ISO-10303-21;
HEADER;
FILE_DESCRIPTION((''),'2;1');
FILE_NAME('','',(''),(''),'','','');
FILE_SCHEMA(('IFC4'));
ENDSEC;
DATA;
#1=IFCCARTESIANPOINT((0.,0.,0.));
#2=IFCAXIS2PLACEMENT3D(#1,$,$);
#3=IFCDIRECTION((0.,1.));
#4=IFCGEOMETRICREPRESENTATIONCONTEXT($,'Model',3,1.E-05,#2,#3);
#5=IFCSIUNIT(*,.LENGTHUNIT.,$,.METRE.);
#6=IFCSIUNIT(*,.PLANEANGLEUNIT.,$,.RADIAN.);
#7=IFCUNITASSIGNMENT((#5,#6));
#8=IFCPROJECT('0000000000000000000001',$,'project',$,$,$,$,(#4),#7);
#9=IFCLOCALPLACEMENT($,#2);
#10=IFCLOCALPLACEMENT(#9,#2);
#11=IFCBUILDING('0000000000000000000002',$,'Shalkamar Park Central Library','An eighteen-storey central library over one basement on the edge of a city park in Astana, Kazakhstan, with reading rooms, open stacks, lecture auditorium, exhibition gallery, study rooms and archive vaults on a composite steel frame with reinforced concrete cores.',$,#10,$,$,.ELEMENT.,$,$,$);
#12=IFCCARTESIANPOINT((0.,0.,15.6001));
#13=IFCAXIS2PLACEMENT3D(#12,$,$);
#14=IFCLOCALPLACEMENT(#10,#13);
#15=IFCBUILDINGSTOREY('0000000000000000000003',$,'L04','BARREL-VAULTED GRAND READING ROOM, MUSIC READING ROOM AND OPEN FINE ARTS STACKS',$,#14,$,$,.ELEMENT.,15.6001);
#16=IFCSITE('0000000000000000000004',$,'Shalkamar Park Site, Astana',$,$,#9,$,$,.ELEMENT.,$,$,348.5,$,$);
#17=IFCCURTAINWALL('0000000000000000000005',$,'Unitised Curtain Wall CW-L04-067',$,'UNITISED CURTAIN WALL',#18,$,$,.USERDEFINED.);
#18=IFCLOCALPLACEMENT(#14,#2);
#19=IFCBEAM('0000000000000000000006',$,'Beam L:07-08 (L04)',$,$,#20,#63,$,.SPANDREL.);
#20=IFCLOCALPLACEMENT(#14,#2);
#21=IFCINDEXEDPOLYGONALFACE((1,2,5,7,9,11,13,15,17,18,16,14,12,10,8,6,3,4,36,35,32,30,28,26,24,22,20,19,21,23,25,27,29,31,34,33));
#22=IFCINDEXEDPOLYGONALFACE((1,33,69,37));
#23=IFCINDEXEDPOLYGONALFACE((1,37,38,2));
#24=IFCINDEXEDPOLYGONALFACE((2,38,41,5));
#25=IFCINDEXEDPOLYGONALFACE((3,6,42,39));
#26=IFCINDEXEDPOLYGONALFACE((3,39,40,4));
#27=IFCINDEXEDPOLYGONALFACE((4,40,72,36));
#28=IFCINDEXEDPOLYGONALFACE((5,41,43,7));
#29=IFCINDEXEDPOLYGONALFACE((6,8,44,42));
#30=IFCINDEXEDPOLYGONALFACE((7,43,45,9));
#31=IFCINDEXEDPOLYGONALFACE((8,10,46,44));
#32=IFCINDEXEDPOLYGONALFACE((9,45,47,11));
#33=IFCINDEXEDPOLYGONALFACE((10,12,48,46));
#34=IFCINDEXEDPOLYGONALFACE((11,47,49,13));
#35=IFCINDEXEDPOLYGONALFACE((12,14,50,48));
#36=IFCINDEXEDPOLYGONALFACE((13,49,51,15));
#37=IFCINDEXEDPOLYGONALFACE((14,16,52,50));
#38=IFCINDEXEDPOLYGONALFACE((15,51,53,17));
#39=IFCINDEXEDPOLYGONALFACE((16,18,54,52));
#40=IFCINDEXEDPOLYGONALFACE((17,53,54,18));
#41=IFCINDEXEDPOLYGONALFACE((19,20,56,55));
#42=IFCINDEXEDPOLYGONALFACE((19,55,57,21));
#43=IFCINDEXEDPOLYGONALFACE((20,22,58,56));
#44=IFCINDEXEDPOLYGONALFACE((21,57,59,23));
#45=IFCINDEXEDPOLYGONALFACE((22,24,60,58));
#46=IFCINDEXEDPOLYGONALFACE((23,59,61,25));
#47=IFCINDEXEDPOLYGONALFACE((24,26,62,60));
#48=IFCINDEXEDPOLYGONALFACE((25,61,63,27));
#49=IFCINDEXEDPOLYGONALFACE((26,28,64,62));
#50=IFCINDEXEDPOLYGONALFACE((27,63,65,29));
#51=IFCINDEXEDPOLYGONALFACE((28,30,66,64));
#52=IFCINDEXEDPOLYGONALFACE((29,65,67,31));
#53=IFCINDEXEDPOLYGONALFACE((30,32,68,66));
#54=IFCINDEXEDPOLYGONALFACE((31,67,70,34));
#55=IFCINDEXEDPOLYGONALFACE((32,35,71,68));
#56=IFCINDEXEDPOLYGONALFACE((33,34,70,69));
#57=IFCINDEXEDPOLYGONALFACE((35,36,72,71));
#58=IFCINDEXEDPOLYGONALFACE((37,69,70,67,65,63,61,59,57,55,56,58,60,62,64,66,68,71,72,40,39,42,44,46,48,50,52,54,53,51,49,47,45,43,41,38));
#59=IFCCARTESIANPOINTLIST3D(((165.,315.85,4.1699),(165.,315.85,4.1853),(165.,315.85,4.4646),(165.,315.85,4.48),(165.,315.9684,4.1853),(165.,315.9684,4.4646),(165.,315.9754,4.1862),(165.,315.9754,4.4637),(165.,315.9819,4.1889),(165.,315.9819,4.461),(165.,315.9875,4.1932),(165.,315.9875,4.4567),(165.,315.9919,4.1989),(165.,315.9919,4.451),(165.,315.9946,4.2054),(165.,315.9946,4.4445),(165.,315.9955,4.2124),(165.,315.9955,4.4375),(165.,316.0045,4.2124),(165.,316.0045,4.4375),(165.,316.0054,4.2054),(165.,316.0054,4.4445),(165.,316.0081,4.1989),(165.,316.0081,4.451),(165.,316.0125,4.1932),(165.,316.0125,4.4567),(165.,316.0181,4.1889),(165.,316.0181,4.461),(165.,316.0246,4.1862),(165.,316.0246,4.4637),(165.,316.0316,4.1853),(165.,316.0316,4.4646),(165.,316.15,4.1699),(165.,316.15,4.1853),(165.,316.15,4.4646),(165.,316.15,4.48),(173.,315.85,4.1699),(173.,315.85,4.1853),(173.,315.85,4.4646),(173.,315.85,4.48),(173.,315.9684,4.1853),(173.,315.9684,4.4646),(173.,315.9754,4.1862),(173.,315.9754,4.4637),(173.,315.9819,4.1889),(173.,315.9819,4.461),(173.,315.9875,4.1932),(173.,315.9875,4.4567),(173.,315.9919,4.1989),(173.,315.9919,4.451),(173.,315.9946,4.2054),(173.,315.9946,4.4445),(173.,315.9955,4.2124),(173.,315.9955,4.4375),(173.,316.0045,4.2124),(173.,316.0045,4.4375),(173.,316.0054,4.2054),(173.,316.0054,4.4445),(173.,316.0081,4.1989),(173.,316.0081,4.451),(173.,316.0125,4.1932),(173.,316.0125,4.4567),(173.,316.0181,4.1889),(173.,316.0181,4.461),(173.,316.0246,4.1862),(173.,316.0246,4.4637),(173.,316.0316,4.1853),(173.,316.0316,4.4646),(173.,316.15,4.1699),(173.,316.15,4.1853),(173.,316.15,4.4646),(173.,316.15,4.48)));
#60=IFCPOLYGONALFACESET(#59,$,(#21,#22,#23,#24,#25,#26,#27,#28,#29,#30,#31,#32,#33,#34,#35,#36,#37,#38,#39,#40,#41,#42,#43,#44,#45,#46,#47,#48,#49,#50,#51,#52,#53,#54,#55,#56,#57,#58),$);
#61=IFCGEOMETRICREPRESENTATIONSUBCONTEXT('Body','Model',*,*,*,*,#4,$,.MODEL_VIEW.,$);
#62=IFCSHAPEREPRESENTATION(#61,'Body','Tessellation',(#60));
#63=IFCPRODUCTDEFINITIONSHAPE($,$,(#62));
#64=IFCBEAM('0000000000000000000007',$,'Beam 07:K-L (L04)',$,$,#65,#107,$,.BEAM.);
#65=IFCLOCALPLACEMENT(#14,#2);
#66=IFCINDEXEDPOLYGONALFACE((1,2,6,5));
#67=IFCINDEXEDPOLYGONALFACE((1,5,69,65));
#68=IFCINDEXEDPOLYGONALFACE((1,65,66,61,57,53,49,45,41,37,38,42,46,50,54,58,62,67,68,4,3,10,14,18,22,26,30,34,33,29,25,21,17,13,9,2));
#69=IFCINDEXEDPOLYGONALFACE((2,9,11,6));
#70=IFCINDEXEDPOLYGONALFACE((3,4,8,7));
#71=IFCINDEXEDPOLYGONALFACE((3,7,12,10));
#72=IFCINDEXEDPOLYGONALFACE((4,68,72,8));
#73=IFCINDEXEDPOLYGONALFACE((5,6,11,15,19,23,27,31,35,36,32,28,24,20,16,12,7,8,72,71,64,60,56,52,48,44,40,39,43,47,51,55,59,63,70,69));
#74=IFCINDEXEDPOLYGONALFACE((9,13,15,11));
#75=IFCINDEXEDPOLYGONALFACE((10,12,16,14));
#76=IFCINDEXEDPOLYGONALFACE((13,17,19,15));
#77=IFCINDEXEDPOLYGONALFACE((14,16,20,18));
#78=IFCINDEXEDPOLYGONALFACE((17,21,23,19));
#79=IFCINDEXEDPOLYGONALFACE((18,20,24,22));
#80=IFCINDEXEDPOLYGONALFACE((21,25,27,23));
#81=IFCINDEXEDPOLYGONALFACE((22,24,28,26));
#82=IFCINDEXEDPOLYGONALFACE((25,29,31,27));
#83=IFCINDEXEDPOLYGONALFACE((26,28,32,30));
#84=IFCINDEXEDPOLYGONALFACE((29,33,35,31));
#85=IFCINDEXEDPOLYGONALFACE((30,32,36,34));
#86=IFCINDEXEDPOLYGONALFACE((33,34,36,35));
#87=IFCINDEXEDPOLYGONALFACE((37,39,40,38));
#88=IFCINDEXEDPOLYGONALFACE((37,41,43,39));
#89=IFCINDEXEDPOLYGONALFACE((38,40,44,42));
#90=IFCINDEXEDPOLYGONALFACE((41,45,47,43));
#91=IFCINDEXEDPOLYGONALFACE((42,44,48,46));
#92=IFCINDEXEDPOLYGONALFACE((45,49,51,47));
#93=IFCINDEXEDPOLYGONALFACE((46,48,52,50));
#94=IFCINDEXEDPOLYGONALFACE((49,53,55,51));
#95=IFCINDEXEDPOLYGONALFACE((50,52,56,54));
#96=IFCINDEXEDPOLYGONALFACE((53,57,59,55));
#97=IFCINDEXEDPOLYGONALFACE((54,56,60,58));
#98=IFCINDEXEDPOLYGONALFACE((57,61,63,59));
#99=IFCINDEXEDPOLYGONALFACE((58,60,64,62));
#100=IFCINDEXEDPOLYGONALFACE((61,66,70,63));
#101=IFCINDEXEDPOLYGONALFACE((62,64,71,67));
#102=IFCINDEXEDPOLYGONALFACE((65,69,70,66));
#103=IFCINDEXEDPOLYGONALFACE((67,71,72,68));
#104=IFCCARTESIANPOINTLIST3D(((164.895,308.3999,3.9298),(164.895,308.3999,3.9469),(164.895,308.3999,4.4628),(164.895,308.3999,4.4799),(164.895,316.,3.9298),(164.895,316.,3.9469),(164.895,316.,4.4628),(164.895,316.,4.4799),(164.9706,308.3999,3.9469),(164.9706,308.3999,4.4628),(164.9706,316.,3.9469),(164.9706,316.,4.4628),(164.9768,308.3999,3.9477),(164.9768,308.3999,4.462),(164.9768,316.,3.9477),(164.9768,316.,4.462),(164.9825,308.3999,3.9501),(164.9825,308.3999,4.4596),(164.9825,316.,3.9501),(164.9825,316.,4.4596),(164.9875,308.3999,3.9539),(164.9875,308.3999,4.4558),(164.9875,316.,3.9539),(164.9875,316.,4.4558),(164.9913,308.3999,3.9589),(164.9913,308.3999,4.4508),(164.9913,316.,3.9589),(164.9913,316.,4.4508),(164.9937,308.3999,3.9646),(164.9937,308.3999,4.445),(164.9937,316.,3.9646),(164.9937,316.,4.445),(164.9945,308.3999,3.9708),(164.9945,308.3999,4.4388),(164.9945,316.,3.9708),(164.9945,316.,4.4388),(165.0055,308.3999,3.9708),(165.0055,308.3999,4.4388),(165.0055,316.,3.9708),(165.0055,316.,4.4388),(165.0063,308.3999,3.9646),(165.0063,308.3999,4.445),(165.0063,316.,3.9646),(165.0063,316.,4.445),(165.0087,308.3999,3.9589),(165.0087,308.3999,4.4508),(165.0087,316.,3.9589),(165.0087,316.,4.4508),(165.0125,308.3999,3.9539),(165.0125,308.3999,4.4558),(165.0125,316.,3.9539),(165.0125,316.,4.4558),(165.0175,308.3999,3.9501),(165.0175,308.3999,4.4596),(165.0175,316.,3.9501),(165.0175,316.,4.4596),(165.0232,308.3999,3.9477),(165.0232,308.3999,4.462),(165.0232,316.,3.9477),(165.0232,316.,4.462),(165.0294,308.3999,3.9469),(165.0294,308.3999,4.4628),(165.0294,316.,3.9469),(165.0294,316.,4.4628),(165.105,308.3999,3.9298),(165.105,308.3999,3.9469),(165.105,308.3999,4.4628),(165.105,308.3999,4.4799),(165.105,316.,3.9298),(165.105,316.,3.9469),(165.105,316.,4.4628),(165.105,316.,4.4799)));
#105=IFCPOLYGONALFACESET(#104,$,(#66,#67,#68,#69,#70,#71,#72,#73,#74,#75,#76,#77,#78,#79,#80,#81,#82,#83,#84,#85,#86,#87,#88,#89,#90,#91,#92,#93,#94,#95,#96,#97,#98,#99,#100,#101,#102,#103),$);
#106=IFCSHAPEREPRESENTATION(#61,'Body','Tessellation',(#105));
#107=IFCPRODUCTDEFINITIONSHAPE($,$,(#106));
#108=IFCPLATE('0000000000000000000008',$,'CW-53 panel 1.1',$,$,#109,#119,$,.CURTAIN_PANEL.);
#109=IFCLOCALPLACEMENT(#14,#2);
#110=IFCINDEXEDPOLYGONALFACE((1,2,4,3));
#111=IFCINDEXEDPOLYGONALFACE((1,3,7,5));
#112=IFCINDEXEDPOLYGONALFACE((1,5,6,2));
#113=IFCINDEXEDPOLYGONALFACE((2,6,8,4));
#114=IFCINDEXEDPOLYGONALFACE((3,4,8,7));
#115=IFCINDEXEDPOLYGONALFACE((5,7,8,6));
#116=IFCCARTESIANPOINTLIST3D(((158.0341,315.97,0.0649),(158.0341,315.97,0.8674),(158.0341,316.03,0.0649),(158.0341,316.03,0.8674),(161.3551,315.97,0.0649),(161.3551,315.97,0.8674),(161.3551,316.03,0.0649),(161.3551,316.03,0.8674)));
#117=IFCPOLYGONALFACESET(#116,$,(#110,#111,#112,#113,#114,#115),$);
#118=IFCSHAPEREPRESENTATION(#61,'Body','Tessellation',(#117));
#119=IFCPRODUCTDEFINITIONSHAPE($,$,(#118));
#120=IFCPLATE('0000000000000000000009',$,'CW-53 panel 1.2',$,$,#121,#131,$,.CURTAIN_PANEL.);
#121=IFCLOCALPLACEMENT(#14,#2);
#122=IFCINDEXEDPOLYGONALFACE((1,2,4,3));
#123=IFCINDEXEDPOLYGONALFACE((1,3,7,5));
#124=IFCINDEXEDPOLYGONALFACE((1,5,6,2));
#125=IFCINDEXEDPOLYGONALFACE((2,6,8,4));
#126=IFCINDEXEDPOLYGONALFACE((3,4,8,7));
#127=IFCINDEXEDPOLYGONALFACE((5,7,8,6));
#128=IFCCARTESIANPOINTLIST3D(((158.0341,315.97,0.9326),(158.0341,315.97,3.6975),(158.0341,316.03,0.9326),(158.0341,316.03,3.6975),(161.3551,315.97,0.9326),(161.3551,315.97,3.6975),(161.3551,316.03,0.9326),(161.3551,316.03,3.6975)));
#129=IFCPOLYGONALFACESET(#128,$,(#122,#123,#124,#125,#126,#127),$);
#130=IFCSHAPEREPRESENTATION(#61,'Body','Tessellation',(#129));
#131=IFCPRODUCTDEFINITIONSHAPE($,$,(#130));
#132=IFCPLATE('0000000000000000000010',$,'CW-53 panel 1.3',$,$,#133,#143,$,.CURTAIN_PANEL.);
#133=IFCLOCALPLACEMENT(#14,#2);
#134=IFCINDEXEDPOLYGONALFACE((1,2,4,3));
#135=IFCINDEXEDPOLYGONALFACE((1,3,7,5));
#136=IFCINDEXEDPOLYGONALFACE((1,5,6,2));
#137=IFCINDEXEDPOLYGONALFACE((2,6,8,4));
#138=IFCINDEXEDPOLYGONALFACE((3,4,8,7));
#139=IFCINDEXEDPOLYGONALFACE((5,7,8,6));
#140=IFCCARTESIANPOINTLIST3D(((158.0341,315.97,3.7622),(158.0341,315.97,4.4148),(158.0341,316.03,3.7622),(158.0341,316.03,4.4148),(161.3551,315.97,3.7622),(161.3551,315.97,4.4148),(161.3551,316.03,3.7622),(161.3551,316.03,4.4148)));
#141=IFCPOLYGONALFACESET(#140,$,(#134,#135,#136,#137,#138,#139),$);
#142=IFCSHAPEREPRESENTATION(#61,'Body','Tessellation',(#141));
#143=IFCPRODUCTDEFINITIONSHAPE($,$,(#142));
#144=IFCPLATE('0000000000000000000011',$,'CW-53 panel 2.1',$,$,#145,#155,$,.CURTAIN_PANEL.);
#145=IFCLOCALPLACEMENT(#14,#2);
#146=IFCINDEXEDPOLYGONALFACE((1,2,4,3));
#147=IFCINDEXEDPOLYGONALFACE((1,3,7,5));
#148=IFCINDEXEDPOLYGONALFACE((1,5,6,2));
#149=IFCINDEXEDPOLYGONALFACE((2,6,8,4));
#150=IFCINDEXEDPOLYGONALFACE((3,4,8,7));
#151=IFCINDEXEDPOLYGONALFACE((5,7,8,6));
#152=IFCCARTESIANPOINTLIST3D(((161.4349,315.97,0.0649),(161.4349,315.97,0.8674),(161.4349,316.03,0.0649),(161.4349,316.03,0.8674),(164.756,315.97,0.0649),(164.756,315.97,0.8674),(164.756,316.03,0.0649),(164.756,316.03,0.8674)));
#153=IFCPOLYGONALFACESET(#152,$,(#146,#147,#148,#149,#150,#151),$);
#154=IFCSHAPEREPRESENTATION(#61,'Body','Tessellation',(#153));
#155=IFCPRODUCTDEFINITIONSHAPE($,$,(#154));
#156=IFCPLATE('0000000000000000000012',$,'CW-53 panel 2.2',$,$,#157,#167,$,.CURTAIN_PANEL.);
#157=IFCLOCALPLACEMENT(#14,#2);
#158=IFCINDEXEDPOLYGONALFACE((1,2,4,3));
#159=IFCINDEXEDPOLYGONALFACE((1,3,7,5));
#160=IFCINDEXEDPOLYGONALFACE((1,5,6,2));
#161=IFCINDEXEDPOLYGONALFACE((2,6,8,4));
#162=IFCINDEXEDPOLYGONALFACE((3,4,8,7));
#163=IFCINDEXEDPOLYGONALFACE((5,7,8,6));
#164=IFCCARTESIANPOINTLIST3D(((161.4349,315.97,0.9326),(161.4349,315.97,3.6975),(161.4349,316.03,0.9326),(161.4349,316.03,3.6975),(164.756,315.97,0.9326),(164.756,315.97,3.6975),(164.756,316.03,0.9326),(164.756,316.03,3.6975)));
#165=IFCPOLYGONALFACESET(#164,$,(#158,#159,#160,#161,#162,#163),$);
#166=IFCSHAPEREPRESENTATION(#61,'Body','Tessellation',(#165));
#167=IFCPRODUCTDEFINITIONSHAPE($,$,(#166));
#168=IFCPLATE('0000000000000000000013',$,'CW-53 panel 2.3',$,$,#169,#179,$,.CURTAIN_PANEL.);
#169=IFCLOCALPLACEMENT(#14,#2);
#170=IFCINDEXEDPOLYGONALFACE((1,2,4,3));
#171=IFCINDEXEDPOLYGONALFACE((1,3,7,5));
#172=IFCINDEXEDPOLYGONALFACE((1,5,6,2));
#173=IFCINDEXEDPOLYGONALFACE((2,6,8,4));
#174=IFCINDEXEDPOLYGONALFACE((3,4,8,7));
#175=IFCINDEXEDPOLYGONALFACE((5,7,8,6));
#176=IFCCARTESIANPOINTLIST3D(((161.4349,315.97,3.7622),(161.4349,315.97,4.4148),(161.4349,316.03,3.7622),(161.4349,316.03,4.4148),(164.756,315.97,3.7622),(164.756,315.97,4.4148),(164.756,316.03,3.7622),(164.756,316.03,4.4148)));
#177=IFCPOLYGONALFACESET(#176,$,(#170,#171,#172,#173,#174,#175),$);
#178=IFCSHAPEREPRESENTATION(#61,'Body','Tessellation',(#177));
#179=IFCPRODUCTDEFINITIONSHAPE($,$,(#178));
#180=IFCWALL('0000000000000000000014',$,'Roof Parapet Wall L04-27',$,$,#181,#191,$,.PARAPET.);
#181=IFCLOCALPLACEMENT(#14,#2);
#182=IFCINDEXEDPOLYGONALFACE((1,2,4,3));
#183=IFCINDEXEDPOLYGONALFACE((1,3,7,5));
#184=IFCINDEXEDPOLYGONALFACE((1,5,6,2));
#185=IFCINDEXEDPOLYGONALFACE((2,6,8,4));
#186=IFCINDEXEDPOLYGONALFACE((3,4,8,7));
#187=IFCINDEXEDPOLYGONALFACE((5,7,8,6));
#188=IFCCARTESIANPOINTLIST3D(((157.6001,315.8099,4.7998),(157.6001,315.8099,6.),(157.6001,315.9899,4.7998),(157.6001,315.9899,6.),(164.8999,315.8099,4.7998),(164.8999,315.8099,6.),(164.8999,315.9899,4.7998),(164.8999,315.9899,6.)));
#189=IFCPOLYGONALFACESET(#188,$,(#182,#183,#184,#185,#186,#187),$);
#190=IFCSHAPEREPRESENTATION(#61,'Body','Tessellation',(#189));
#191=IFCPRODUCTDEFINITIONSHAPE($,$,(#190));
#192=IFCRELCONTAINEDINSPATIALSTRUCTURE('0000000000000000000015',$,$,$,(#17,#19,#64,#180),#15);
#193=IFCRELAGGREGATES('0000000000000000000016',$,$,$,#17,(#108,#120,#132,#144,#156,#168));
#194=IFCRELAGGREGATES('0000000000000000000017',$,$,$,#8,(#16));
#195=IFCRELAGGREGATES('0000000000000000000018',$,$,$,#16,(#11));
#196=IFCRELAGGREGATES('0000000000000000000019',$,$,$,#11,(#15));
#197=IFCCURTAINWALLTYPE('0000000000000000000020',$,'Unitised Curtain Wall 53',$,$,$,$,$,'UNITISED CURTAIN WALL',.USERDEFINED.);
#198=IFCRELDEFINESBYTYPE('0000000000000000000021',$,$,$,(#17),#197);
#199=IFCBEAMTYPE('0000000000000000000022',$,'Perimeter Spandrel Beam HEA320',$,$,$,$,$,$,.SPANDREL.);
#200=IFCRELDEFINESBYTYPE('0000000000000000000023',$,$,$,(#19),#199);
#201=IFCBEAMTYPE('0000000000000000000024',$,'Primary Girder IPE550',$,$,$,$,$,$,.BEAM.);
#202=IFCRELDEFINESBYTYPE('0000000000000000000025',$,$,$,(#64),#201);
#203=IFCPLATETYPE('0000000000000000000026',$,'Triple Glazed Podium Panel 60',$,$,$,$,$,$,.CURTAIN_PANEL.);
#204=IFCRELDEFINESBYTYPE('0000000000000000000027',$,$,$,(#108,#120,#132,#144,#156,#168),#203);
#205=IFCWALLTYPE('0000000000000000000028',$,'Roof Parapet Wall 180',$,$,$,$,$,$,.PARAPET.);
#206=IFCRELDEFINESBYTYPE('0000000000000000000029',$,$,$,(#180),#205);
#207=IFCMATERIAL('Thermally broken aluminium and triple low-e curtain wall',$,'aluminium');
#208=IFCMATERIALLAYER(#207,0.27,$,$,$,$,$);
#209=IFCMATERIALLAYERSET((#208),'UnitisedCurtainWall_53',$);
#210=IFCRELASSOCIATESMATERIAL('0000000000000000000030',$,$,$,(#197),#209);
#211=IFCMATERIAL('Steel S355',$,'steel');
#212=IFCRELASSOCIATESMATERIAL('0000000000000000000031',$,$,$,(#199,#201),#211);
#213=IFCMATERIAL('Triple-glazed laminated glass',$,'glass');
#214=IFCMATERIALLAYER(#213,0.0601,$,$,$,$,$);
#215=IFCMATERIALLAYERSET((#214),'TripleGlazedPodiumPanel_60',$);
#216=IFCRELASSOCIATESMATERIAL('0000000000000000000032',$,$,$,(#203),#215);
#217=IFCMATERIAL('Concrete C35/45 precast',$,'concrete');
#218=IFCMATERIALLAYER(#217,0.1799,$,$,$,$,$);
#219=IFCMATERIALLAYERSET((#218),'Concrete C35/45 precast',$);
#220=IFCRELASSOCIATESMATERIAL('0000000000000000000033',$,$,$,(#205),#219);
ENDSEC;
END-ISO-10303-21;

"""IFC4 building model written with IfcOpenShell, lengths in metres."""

from ifc_helpers import new_model, si_unit, direction, frame, frame_2d, origin, origin_2d, place, context, subcontext, project, spatial, rectangle, i_section, extrude, material, layer, layer_set, material_profile, profile_set, type_object, element, aggregate, save


model = new_model("IFC4")

# Units and contexts
model_context = context("Model", 3, precision=1e-05, world=origin(), true_north=direction((0.0, 1.0)))
body_context = subcontext(model_context, "Body", "Model", "MODEL_VIEW")
ifc_project = project(units=[si_unit("LENGTHUNIT", "METRE"), si_unit("PLANEANGLEUNIT", "RADIAN")], contexts=[model_context])

# Site, building, storey
site_placement = place(None, origin())
site = spatial("IfcSite", under=ifc_project, at=site_placement, Name="Shalkamar Park Site, Astana", CompositionType="ELEMENT", RefElevation=348.5)
building_placement = place(site_placement, origin())
building = spatial("IfcBuilding", under=site, at=building_placement, Name="Shalkamar Park Central Library", Description="An eighteen-storey central library over one basement on the edge of a city park in Astana, Kazakhstan, with reading rooms, open stacks, lecture auditorium, exhibition gallery, study rooms and archive vaults on a composite steel frame with reinforced concrete cores.", CompositionType="ELEMENT")
storey_placement = place(building_placement, frame((0.0, 0.0, 15.6001)))
storey = spatial("IfcBuildingStorey", under=building, at=storey_placement, Name="L04", Description="BARREL-VAULTED GRAND READING ROOM, MUSIC READING ROOM AND OPEN FINE ARTS STACKS", CompositionType="ELEMENT", Elevation=15.6001)

# Shared definitions
ifc_material_1 = material(Name="Steel S355", Category="steel")

# Curtain wall
ifc_material_2 = material(Name="Thermally broken aluminium and triple low-e curtain wall", Category="aluminium")
ifc_layer_1 = layer(ifc_material_2, 0.27)
ifc_layer_set_1 = layer_set([ifc_layer_1], Name="UnitisedCurtainWall_53")
curtain_wall_type_1 = type_object("IfcCurtainWallType", Name="Unitised Curtain Wall 53", ElementType="UNITISED CURTAIN WALL", PredefinedType="USERDEFINED", material=ifc_layer_set_1)
curtain_wall_1_placement = place(storey_placement, origin())
curtain_wall_1 = element("IfcCurtainWall", 1, at=curtain_wall_1_placement, inside=storey, type_object=curtain_wall_type_1, Name="Unitised Curtain Wall CW-L04-067", ObjectType="UNITISED CURTAIN WALL", PredefinedType="USERDEFINED")

# Beams
ifc_material_profile_1 = material_profile(ifc_material_1, i_section(OverallWidth=0.3, OverallDepth=0.3101, WebThickness=0.009, FlangeThickness=0.0154, FilletRadius=0.0271, at=origin_2d()), Name="HEA 320")
ifc_profile_set_1 = profile_set([ifc_material_profile_1], Name="Steel S355")
beam_type_1 = type_object("IfcBeamType", Name="Perimeter Spandrel Beam HEA320", PredefinedType="SPANDREL", material=ifc_profile_set_1)
beam_1_placement = place(storey_placement, frame((165.0, 316.0, 4.325), z_axis=(1.0, 0.0, 0.0), x_axis=(0.0, 1.0, 0.0)))
element("IfcBeam", 2, at=beam_1_placement, inside=storey, type_object=beam_type_1, Name="Beam L:07-08 (L04)", PredefinedType="SPANDREL", context=body_context, shape_type="SweptSolid", body=[
    extrude(i_section(OverallWidth=0.3, OverallDepth=0.3101, WebThickness=0.009, FlangeThickness=0.0154, FilletRadius=0.0271, at=origin_2d()), origin(), (0.0, 0.0, 1.0), 8.0),
])
ifc_material_profile_2 = material_profile(ifc_material_1, i_section(OverallWidth=0.21, OverallDepth=0.55, WebThickness=0.011, FlangeThickness=0.0171, FilletRadius=0.0239, at=origin_2d()), Name="IPE 550")
ifc_profile_set_2 = profile_set([ifc_material_profile_2], Name="Steel S355")
beam_type_2 = type_object("IfcBeamType", Name="Primary Girder IPE550", PredefinedType="BEAM", material=ifc_profile_set_2)
beam_2_placement = place(storey_placement, frame((165.0, 308.3999, 4.2048), z_axis=(0.0, 1.0, 0.0), x_axis=(-1.0, 0.0, 0.0)))
element("IfcBeam", 3, at=beam_2_placement, inside=storey, type_object=beam_type_2, Name="Beam 07:K-L (L04)", PredefinedType="BEAM", context=body_context, shape_type="SweptSolid", body=[
    extrude(i_section(OverallWidth=0.21, OverallDepth=0.55, WebThickness=0.011, FlangeThickness=0.0171, FilletRadius=0.0239, at=origin_2d()), origin(), (0.0, 0.0, 1.0), 7.6001),
])

# Plates
ifc_material_3 = material(Name="Triple-glazed laminated glass", Category="glass")
ifc_layer_2 = layer(ifc_material_3, 0.0601)
ifc_layer_set_2 = layer_set([ifc_layer_2], Name="TripleGlazedPodiumPanel_60")
plate_type = type_object("IfcPlateType", Name="Triple Glazed Podium Panel 60", PredefinedType="CURTAIN_PANEL", material=ifc_layer_set_2)
plate_1_placement = place(storey_placement, frame((159.6946, 316.0, 0.0649), z_axis=(0.0, 0.0, 1.0), x_axis=(1.0, 0.0, 0.0)))
plate_1 = element("IfcPlate", 4, at=plate_1_placement, type_object=plate_type, Name="CW-53 panel 1.1", PredefinedType="CURTAIN_PANEL", context=body_context, shape_type="SweptSolid", body=[
    extrude(rectangle(XDim=3.321, YDim=0.0601, at=origin_2d()), origin(), (0.0, 0.0, 1.0), 0.8025),
])
plate_2_placement = place(storey_placement, frame((159.6946, 316.0, 0.9326), z_axis=(0.0, 0.0, 1.0), x_axis=(1.0, 0.0, 0.0)))
plate_2 = element("IfcPlate", 5, at=plate_2_placement, type_object=plate_type, Name="CW-53 panel 1.2", PredefinedType="CURTAIN_PANEL", context=body_context, shape_type="SweptSolid", body=[
    extrude(rectangle(XDim=3.321, YDim=0.0601, at=origin_2d()), origin(), (0.0, 0.0, 1.0), 2.7649),
])
plate_3_placement = place(storey_placement, frame((159.6946, 316.0, 3.7622), z_axis=(0.0, 0.0, 1.0), x_axis=(1.0, 0.0, 0.0)))
plate_3 = element("IfcPlate", 6, at=plate_3_placement, type_object=plate_type, Name="CW-53 panel 1.3", PredefinedType="CURTAIN_PANEL", context=body_context, shape_type="SweptSolid", body=[
    extrude(rectangle(XDim=3.321, YDim=0.0601, at=origin_2d()), origin(), (0.0, 0.0, 1.0), 0.6526),
])
plate_4_placement = place(storey_placement, frame((163.0955, 316.0, 0.0649), z_axis=(0.0, 0.0, 1.0), x_axis=(1.0, 0.0, 0.0)))
plate_4 = element("IfcPlate", 7, at=plate_4_placement, type_object=plate_type, Name="CW-53 panel 2.1", PredefinedType="CURTAIN_PANEL", context=body_context, shape_type="SweptSolid", body=[
    extrude(rectangle(XDim=3.321, YDim=0.0601, at=origin_2d()), origin(), (0.0, 0.0, 1.0), 0.8025),
])
plate_5_placement = place(storey_placement, frame((163.0955, 316.0, 0.9326), z_axis=(0.0, 0.0, 1.0), x_axis=(1.0, 0.0, 0.0)))
plate_5 = element("IfcPlate", 8, at=plate_5_placement, type_object=plate_type, Name="CW-53 panel 2.2", PredefinedType="CURTAIN_PANEL", context=body_context, shape_type="SweptSolid", body=[
    extrude(rectangle(XDim=3.321, YDim=0.0601, at=origin_2d()), origin(), (0.0, 0.0, 1.0), 2.7649),
])
plate_6_placement = place(storey_placement, frame((163.0955, 316.0, 3.7622), z_axis=(0.0, 0.0, 1.0), x_axis=(1.0, 0.0, 0.0)))
plate_6 = element("IfcPlate", 9, at=plate_6_placement, type_object=plate_type, Name="CW-53 panel 2.3", PredefinedType="CURTAIN_PANEL", context=body_context, shape_type="SweptSolid", body=[
    extrude(rectangle(XDim=3.321, YDim=0.0601, at=origin_2d()), origin(), (0.0, 0.0, 1.0), 0.6526),
])
aggregate(curtain_wall_1, [plate_1, plate_2, plate_3, plate_4, plate_5, plate_6])

# Wall
ifc_material_4 = material(Name="Concrete C35/45 precast", Category="concrete")
ifc_layer_3 = layer(ifc_material_4, 0.1799)
ifc_layer_set_3 = layer_set([ifc_layer_3], Name="Concrete C35/45 precast")
wall_type_1 = type_object("IfcWallType", Name="Roof Parapet Wall 180", PredefinedType="PARAPET", material=ifc_layer_set_3)
wall_1_placement = place(storey_placement, frame((157.6001, 315.8999, 4.7998), z_axis=(0.0, 0.0, 1.0), x_axis=(1.0, 0.0, 0.0)))
element("IfcWall", 10, at=wall_1_placement, inside=storey, type_object=wall_type_1, Name="Roof Parapet Wall L04-27", PredefinedType="PARAPET", context=body_context, shape_type="SweptSolid", body=[
    extrude(rectangle(XDim=7.2998, YDim=0.1799, at=frame_2d((3.6499, 0.0))), origin(), (0.0, 0.0, 1.0), 1.2002),
])

save(model, "model.ifc")
